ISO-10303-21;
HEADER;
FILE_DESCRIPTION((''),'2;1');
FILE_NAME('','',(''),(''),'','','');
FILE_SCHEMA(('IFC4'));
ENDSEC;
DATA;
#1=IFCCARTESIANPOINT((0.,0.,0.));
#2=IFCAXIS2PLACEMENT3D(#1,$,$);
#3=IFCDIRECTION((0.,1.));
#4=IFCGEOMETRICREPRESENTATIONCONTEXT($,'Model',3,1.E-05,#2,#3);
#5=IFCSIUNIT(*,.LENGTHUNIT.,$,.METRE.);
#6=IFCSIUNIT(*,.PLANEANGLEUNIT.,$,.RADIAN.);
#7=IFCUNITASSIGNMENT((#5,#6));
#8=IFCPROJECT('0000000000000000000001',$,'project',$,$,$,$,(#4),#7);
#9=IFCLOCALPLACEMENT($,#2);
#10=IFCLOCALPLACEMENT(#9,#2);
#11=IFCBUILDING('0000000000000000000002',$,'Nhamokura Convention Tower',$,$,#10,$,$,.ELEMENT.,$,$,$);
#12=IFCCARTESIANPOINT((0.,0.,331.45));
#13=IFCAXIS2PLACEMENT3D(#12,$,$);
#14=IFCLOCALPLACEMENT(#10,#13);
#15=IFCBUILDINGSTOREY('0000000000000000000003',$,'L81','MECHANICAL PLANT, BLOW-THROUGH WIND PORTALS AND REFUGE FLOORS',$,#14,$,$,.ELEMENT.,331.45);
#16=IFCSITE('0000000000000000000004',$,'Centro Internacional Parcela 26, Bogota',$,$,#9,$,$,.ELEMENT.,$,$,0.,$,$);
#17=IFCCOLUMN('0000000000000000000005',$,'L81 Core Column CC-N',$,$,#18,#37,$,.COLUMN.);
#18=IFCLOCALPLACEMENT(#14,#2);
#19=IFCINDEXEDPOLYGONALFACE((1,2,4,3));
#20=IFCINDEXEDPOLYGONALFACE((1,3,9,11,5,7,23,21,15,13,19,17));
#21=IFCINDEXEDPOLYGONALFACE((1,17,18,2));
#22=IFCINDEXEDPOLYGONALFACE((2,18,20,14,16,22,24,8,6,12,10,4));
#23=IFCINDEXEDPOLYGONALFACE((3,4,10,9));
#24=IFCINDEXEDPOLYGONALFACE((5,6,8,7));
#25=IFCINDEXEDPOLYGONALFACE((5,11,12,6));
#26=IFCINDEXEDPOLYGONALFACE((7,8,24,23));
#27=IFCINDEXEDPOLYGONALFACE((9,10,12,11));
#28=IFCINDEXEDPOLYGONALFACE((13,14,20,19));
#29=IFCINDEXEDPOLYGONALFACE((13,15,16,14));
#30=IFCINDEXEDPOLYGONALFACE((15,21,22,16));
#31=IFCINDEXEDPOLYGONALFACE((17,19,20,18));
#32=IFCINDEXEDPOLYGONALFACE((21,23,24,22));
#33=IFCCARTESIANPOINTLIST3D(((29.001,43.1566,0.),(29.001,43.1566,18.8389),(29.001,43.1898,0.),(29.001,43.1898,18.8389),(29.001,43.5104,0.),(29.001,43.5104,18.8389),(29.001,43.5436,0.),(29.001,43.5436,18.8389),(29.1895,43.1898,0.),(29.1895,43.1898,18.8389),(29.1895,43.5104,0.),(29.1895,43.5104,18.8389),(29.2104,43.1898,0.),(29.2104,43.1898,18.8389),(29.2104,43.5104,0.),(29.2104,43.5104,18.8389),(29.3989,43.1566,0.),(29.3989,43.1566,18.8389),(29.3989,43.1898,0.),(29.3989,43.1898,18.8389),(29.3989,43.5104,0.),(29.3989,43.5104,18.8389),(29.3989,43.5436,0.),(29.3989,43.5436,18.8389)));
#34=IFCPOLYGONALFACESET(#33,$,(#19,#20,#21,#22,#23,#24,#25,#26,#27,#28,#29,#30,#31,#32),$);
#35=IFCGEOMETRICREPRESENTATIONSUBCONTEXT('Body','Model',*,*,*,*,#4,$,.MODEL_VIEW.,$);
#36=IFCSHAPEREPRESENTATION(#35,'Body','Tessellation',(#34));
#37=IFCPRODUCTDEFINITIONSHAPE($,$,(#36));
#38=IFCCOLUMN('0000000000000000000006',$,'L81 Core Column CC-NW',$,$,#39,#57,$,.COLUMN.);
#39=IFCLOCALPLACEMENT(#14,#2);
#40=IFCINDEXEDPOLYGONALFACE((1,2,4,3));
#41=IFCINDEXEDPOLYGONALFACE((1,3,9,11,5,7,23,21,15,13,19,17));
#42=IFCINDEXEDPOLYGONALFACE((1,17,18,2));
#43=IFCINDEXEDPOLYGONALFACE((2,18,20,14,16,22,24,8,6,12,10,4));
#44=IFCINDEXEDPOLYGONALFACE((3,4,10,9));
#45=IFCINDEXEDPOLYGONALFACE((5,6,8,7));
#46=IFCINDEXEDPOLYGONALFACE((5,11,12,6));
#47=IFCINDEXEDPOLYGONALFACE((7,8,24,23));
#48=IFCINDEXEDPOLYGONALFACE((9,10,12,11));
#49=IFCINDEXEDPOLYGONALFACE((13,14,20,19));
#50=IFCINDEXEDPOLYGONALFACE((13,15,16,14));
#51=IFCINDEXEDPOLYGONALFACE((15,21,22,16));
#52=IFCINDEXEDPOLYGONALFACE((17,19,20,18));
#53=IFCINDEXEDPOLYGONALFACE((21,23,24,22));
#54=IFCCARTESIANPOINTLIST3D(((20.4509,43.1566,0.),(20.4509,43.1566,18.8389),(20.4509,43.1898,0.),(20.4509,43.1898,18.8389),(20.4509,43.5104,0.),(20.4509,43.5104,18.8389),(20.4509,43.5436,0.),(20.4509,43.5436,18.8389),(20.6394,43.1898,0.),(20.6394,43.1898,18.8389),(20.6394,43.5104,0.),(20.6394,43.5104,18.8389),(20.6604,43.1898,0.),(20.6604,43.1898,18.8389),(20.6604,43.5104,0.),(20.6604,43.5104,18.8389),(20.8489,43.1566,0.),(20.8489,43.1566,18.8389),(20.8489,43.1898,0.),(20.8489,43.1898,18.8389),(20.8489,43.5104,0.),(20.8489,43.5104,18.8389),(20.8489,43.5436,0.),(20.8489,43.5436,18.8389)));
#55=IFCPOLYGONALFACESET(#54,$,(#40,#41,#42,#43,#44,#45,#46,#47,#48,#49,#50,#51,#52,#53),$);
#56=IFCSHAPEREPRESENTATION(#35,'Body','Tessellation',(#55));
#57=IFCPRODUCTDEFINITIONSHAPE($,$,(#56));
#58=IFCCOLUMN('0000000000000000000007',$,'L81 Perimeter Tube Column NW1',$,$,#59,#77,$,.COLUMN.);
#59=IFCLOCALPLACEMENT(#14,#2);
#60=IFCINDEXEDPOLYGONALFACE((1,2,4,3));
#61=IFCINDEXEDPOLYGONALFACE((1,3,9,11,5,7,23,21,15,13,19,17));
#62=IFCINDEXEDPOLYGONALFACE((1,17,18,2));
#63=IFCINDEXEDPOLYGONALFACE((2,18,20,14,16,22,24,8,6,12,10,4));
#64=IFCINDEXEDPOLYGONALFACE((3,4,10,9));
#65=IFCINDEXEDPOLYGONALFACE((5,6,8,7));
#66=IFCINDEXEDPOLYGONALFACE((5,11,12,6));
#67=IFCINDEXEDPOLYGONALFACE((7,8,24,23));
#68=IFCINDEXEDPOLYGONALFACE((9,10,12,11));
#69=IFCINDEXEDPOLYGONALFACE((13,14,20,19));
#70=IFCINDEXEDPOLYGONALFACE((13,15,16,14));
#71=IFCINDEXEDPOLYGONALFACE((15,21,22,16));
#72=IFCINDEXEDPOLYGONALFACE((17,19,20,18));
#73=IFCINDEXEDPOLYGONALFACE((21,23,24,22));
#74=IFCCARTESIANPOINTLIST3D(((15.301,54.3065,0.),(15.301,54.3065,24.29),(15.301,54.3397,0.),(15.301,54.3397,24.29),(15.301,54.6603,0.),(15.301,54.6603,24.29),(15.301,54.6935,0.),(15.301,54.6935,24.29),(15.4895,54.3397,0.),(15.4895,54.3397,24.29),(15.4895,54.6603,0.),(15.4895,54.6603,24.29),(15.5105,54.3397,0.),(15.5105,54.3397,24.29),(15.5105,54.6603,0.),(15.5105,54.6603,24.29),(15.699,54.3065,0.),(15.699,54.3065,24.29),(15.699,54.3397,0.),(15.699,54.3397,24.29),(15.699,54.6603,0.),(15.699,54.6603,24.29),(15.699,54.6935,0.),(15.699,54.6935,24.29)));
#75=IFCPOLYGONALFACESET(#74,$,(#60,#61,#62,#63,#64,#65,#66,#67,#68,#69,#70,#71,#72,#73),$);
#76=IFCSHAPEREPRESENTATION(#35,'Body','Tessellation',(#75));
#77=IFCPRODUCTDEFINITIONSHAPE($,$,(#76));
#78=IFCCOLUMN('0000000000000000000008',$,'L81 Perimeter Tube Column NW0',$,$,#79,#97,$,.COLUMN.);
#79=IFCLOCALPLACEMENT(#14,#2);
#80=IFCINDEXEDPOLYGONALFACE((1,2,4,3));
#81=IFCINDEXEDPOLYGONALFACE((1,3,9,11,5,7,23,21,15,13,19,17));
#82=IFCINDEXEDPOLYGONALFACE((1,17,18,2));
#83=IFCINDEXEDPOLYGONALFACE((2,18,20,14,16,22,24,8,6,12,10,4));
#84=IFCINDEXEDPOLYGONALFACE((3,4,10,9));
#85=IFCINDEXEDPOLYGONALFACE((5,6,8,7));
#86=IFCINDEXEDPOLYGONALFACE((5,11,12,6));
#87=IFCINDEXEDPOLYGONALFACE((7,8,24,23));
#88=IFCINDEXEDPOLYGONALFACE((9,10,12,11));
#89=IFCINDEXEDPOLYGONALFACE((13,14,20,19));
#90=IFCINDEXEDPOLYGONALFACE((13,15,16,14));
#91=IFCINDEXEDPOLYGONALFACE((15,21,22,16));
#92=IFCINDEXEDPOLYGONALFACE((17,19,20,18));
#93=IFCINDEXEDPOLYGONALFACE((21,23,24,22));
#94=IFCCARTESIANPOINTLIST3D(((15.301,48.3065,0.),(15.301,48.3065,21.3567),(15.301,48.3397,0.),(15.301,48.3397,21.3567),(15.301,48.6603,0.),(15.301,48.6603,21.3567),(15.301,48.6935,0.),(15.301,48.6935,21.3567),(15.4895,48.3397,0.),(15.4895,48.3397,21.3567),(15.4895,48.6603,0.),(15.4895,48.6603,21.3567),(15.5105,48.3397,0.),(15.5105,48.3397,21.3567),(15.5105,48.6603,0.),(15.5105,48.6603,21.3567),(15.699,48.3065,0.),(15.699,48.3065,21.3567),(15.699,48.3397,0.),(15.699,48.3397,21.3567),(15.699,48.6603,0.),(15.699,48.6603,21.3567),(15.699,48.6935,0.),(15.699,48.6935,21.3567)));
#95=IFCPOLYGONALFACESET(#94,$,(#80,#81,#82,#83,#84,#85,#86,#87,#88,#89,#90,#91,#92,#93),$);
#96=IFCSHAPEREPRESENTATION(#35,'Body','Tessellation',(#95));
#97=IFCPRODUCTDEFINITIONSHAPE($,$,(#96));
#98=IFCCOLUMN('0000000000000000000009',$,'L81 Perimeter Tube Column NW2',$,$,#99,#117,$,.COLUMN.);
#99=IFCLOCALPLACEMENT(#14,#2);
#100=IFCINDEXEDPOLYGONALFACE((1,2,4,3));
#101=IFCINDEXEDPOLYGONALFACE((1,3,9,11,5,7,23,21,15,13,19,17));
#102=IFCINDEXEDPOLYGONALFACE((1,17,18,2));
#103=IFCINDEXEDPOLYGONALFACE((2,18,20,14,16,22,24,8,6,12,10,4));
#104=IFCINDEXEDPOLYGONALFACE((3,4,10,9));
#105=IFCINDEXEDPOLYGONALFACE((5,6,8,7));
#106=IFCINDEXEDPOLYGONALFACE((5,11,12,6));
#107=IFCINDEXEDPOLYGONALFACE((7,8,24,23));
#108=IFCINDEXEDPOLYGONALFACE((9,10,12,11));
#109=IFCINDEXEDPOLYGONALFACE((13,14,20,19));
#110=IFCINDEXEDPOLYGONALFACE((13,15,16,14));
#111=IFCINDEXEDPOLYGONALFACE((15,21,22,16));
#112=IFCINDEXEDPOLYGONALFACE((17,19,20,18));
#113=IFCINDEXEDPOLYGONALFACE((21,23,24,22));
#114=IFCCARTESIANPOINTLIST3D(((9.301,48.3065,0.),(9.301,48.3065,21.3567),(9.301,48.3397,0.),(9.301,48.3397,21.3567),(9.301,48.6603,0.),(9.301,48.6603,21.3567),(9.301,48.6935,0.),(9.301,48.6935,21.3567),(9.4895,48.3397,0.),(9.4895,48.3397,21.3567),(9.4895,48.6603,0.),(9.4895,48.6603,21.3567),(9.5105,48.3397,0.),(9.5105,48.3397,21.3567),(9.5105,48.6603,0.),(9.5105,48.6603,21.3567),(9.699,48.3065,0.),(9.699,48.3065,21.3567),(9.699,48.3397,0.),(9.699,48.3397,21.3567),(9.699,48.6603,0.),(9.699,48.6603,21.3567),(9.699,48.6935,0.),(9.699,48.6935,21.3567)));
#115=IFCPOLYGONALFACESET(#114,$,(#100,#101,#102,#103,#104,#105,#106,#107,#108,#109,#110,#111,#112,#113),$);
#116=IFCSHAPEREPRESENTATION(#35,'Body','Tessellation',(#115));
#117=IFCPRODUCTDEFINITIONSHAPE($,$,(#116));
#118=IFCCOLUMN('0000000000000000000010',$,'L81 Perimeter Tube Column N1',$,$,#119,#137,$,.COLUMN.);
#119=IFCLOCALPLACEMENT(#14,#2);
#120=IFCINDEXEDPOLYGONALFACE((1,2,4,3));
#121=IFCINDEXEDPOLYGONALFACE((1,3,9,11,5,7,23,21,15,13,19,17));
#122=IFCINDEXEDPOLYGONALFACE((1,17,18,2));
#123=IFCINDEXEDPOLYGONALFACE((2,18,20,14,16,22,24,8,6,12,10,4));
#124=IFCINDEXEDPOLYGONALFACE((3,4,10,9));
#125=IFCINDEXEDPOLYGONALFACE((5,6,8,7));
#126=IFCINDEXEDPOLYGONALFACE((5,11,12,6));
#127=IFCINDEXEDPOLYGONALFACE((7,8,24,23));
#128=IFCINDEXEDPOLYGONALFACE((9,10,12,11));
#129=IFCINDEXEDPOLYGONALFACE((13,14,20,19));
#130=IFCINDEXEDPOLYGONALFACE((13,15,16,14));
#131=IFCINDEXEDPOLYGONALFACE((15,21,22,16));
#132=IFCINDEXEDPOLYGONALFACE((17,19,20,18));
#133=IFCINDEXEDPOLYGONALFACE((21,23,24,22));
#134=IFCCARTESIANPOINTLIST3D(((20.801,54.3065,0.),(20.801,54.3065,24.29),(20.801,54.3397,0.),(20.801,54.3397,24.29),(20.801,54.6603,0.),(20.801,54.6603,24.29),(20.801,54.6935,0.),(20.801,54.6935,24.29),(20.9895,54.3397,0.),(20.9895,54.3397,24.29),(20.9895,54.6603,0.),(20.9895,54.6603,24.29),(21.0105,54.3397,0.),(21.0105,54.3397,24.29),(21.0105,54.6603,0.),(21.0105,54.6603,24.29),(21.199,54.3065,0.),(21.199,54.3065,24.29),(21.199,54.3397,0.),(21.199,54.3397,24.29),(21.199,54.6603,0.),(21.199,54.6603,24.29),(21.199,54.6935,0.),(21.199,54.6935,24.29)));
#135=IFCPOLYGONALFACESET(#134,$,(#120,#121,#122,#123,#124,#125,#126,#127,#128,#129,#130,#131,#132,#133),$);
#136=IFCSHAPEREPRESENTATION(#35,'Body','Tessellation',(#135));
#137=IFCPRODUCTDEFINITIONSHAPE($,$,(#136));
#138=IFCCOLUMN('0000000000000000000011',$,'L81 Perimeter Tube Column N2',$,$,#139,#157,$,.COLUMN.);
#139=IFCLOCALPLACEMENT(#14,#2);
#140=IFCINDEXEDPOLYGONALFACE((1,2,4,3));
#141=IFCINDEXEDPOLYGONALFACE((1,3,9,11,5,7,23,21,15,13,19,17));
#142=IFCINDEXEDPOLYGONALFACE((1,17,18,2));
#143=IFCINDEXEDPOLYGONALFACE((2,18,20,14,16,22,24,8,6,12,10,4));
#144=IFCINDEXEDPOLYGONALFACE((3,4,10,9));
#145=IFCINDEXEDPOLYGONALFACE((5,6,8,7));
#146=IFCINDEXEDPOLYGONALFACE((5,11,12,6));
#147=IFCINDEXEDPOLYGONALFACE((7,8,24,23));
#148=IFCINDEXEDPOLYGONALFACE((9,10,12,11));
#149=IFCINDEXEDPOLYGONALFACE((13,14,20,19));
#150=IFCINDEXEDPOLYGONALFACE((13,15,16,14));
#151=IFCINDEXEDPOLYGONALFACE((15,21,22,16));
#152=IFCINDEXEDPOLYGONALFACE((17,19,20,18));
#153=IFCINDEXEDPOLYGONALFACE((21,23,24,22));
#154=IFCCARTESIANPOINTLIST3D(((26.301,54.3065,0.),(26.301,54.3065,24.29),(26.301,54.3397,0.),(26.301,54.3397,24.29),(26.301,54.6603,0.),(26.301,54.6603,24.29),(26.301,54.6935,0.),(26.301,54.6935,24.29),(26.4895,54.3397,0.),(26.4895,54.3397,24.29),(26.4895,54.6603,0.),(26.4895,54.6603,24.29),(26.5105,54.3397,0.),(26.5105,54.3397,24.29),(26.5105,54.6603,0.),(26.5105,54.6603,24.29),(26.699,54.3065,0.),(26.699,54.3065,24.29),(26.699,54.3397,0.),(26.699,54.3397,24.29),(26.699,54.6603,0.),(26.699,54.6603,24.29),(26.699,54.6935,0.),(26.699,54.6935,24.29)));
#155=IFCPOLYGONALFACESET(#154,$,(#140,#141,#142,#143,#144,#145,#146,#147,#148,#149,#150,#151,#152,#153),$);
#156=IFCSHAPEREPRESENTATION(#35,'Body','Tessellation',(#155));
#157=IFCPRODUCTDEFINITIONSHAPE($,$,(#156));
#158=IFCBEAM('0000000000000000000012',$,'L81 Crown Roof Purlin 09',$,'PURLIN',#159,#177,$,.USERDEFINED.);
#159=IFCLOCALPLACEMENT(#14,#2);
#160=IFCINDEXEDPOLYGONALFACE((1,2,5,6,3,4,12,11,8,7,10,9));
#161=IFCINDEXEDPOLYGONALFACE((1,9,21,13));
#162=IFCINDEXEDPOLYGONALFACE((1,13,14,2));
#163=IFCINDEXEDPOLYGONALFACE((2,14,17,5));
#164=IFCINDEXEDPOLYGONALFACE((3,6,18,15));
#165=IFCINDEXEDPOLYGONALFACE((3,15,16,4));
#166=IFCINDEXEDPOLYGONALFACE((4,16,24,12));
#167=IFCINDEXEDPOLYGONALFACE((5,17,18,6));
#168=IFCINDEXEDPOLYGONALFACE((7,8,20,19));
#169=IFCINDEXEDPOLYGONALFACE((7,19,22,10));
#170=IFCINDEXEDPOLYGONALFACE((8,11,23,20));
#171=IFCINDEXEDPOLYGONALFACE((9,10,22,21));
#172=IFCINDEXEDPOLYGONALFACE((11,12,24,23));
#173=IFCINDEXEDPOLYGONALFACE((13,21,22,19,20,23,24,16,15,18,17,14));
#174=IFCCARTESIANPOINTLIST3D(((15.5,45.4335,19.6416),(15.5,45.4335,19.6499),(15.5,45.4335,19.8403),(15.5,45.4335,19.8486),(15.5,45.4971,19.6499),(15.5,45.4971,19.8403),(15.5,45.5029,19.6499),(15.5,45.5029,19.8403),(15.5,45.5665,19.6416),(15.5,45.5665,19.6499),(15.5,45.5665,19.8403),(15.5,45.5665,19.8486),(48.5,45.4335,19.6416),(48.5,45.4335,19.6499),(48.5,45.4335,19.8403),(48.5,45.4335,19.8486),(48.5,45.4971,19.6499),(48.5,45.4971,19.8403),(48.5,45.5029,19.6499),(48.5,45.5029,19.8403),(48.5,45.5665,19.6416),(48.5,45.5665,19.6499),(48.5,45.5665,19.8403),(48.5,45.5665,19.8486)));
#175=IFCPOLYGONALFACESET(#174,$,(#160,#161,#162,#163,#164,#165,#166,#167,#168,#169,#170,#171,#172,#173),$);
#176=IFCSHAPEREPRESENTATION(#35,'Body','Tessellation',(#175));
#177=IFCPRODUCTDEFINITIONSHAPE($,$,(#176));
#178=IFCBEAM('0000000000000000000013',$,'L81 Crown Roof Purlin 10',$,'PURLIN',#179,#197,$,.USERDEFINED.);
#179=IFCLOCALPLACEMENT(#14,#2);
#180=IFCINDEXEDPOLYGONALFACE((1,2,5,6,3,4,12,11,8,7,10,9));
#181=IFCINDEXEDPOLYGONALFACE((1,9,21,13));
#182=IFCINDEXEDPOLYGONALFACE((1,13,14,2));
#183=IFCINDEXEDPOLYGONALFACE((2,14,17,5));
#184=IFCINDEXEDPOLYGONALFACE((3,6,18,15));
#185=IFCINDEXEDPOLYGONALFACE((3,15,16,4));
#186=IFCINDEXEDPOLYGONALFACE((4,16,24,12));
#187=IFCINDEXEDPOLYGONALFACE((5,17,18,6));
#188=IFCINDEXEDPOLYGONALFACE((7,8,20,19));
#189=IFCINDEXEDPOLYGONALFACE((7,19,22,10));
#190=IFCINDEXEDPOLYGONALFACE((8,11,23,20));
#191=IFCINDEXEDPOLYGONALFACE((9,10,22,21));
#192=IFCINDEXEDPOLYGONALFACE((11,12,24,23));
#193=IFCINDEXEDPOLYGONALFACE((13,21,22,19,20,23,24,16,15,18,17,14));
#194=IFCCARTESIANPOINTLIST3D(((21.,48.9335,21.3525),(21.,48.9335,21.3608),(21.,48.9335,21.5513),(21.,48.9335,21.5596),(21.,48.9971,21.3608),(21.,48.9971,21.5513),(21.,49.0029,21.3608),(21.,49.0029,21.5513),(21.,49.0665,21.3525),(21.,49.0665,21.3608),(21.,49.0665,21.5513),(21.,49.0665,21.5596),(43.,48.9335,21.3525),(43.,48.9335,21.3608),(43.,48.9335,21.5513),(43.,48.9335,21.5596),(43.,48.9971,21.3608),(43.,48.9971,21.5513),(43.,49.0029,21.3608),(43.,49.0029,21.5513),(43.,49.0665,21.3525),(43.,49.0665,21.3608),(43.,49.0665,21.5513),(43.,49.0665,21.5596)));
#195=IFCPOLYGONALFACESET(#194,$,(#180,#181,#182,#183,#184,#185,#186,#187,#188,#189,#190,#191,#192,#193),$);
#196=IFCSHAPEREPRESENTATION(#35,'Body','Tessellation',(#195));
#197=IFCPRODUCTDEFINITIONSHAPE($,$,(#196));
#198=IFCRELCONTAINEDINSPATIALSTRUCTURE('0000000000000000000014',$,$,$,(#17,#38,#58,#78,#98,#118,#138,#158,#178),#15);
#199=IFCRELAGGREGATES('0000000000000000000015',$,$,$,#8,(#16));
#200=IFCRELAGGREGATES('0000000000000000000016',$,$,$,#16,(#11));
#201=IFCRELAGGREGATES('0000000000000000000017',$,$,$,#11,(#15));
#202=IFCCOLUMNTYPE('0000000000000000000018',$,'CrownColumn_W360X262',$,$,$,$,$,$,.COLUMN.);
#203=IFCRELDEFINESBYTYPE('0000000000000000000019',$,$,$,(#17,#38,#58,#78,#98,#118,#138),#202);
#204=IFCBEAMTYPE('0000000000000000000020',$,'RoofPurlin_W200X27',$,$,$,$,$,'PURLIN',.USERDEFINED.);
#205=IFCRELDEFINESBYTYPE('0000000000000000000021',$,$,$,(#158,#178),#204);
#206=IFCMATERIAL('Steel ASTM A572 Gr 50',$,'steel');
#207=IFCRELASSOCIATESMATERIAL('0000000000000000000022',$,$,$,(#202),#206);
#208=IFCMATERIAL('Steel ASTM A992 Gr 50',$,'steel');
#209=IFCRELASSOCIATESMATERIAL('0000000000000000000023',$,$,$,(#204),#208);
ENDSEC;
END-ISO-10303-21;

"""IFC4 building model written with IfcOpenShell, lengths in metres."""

from ifc_helpers import new_model, si_unit, direction, frame, origin, origin_2d, place, context, subcontext, project, spatial, i_section, extrude, material, material_profile, profile_set, type_object, element, save


model = new_model("IFC4")

# Units and contexts
model_context = context("Model", 3, precision=1e-05, world=origin(), true_north=direction((0.0, 1.0)))
body_context = subcontext(model_context, "Body", "Model", "MODEL_VIEW")
ifc_project = project(units=[si_unit("LENGTHUNIT", "METRE"), si_unit("PLANEANGLEUNIT", "RADIAN")], contexts=[model_context])

# Site, building, storey
site_placement = place(None, origin())
site = spatial("IfcSite", under=ifc_project, at=site_placement, Name="Centro Internacional Parcela 26, Bogota", CompositionType="ELEMENT", RefElevation=0.0)
building_placement = place(site_placement, origin())
building = spatial("IfcBuilding", under=site, at=building_placement, Name="Nhamokura Convention Tower", CompositionType="ELEMENT")
storey_placement = place(building_placement, frame((0.0, 0.0, 331.45)))
storey = spatial("IfcBuildingStorey", under=building, at=storey_placement, Name="L81", Description="MECHANICAL PLANT, BLOW-THROUGH WIND PORTALS AND REFUGE FLOORS", CompositionType="ELEMENT", Elevation=331.45)

# Columns
ifc_material_1 = material(Name="Steel ASTM A572 Gr 50", Category="steel")
ifc_material_profile_1 = material_profile(ifc_material_1, i_section(OverallWidth=0.3979, OverallDepth=0.387, WebThickness=0.021, FlangeThickness=0.0332, at=origin_2d()))
ifc_profile_set_1 = profile_set([ifc_material_profile_1], Name="Steel ASTM A572 Gr 50")
column_type = type_object("IfcColumnType", Name="CrownColumn_W360X262", PredefinedType="COLUMN", material=ifc_profile_set_1)
for number, where, z_axis, x_axis, name in (
    (1, (29.2, 43.3501, 0.0), (0.0, 0.0, 1.0), (1.0, 0.0, 0.0), "L81 Core Column CC-N"),
    (2, (20.6499, 43.3501, 0.0), (0.0, 0.0, 1.0), (1.0, 0.0, 0.0), "L81 Core Column CC-NW"),
):
    element("IfcColumn", number, at=place(storey_placement, frame(where, z_axis=z_axis, x_axis=x_axis)), inside=storey, type_object=column_type, Name=name, PredefinedType="COLUMN", context=body_context, shape_type="SweptSolid", body=[
        extrude(i_section(OverallWidth=0.3979, OverallDepth=0.387, WebThickness=0.021, FlangeThickness=0.0332, at=origin_2d()), origin(), (0.0, 0.0, 1.0), 18.8389),
    ])
column_placement = place(storey_placement, frame((15.5, 54.5, 0.0), z_axis=(0.0, 0.0, 1.0), x_axis=(1.0, 0.0, 0.0)))
element("IfcColumn", 3, at=column_placement, inside=storey, type_object=column_type, Name="L81 Perimeter Tube Column NW1", PredefinedType="COLUMN", context=body_context, shape_type="SweptSolid", body=[
    extrude(i_section(OverallWidth=0.3979, OverallDepth=0.387, WebThickness=0.021, FlangeThickness=0.0332, at=origin_2d()), origin(), (0.0, 0.0, 1.0), 24.29),
])
for number, where, z_axis, x_axis, name in (
    (4, (15.5, 48.5, 0.0), (0.0, 0.0, 1.0), (1.0, 0.0, 0.0), "L81 Perimeter Tube Column NW0"),
    (5, (9.5, 48.5, 0.0), (0.0, 0.0, 1.0), (1.0, 0.0, 0.0), "L81 Perimeter Tube Column NW2"),
):
    element("IfcColumn", number, at=place(storey_placement, frame(where, z_axis=z_axis, x_axis=x_axis)), inside=storey, type_object=column_type, Name=name, PredefinedType="COLUMN", context=body_context, shape_type="SweptSolid", body=[
        extrude(i_section(OverallWidth=0.3979, OverallDepth=0.387, WebThickness=0.021, FlangeThickness=0.0332, at=origin_2d()), origin(), (0.0, 0.0, 1.0), 21.3567),
    ])
for number, where, z_axis, x_axis, name in (
    (6, (21.0, 54.5, 0.0), (0.0, 0.0, 1.0), (1.0, 0.0, 0.0), "L81 Perimeter Tube Column N1"),
    (7, (26.5, 54.5, 0.0), (0.0, 0.0, 1.0), (1.0, 0.0, 0.0), "L81 Perimeter Tube Column N2"),
):
    element("IfcColumn", number, at=place(storey_placement, frame(where, z_axis=z_axis, x_axis=x_axis)), inside=storey, type_object=column_type, Name=name, PredefinedType="COLUMN", context=body_context, shape_type="SweptSolid", body=[
        extrude(i_section(OverallWidth=0.3979, OverallDepth=0.387, WebThickness=0.021, FlangeThickness=0.0332, at=origin_2d()), origin(), (0.0, 0.0, 1.0), 24.29),
    ])

# Beams
ifc_material_2 = material(Name="Steel ASTM A992 Gr 50", Category="steel")
ifc_material_profile_2 = material_profile(ifc_material_2, i_section(OverallWidth=0.1331, OverallDepth=0.207, WebThickness=0.0059, FlangeThickness=0.0083, at=origin_2d()))
ifc_profile_set_2 = profile_set([ifc_material_profile_2], Name="Steel ASTM A992 Gr 50")
beam_type = type_object("IfcBeamType", Name="RoofPurlin_W200X27", ElementType="PURLIN", PredefinedType="USERDEFINED", material=ifc_profile_set_2)
beam_placement = place(storey_placement, frame((15.5, 45.5, 19.7451), z_axis=(1.0, 0.0, 0.0), x_axis=(0.0, 1.0, 0.0)))
element("IfcBeam", 8, at=beam_placement, inside=storey, type_object=beam_type, Name="L81 Crown Roof Purlin 09", ObjectType="PURLIN", PredefinedType="USERDEFINED", context=body_context, shape_type="SweptSolid", body=[
    extrude(i_section(OverallWidth=0.1331, OverallDepth=0.207, WebThickness=0.0059, FlangeThickness=0.0083, at=origin_2d()), origin(), (0.0, 0.0, 1.0), 33.0),
])
for number, where, z_axis, x_axis, name in (
    (9, (21.0, 49.0, 21.4561), (1.0, 0.0, 0.0), (0.0, 1.0, 0.0), "L81 Crown Roof Purlin 10"),
):
    element("IfcBeam", number, at=place(storey_placement, frame(where, z_axis=z_axis, x_axis=x_axis)), inside=storey, type_object=beam_type, Name=name, ObjectType="PURLIN", PredefinedType="USERDEFINED", context=body_context, shape_type="SweptSolid", body=[
        extrude(i_section(OverallWidth=0.1331, OverallDepth=0.207, WebThickness=0.0059, FlangeThickness=0.0083, at=origin_2d()), origin(), (0.0, 0.0, 1.0), 22.0),
    ])

save(model, "model.ifc")
